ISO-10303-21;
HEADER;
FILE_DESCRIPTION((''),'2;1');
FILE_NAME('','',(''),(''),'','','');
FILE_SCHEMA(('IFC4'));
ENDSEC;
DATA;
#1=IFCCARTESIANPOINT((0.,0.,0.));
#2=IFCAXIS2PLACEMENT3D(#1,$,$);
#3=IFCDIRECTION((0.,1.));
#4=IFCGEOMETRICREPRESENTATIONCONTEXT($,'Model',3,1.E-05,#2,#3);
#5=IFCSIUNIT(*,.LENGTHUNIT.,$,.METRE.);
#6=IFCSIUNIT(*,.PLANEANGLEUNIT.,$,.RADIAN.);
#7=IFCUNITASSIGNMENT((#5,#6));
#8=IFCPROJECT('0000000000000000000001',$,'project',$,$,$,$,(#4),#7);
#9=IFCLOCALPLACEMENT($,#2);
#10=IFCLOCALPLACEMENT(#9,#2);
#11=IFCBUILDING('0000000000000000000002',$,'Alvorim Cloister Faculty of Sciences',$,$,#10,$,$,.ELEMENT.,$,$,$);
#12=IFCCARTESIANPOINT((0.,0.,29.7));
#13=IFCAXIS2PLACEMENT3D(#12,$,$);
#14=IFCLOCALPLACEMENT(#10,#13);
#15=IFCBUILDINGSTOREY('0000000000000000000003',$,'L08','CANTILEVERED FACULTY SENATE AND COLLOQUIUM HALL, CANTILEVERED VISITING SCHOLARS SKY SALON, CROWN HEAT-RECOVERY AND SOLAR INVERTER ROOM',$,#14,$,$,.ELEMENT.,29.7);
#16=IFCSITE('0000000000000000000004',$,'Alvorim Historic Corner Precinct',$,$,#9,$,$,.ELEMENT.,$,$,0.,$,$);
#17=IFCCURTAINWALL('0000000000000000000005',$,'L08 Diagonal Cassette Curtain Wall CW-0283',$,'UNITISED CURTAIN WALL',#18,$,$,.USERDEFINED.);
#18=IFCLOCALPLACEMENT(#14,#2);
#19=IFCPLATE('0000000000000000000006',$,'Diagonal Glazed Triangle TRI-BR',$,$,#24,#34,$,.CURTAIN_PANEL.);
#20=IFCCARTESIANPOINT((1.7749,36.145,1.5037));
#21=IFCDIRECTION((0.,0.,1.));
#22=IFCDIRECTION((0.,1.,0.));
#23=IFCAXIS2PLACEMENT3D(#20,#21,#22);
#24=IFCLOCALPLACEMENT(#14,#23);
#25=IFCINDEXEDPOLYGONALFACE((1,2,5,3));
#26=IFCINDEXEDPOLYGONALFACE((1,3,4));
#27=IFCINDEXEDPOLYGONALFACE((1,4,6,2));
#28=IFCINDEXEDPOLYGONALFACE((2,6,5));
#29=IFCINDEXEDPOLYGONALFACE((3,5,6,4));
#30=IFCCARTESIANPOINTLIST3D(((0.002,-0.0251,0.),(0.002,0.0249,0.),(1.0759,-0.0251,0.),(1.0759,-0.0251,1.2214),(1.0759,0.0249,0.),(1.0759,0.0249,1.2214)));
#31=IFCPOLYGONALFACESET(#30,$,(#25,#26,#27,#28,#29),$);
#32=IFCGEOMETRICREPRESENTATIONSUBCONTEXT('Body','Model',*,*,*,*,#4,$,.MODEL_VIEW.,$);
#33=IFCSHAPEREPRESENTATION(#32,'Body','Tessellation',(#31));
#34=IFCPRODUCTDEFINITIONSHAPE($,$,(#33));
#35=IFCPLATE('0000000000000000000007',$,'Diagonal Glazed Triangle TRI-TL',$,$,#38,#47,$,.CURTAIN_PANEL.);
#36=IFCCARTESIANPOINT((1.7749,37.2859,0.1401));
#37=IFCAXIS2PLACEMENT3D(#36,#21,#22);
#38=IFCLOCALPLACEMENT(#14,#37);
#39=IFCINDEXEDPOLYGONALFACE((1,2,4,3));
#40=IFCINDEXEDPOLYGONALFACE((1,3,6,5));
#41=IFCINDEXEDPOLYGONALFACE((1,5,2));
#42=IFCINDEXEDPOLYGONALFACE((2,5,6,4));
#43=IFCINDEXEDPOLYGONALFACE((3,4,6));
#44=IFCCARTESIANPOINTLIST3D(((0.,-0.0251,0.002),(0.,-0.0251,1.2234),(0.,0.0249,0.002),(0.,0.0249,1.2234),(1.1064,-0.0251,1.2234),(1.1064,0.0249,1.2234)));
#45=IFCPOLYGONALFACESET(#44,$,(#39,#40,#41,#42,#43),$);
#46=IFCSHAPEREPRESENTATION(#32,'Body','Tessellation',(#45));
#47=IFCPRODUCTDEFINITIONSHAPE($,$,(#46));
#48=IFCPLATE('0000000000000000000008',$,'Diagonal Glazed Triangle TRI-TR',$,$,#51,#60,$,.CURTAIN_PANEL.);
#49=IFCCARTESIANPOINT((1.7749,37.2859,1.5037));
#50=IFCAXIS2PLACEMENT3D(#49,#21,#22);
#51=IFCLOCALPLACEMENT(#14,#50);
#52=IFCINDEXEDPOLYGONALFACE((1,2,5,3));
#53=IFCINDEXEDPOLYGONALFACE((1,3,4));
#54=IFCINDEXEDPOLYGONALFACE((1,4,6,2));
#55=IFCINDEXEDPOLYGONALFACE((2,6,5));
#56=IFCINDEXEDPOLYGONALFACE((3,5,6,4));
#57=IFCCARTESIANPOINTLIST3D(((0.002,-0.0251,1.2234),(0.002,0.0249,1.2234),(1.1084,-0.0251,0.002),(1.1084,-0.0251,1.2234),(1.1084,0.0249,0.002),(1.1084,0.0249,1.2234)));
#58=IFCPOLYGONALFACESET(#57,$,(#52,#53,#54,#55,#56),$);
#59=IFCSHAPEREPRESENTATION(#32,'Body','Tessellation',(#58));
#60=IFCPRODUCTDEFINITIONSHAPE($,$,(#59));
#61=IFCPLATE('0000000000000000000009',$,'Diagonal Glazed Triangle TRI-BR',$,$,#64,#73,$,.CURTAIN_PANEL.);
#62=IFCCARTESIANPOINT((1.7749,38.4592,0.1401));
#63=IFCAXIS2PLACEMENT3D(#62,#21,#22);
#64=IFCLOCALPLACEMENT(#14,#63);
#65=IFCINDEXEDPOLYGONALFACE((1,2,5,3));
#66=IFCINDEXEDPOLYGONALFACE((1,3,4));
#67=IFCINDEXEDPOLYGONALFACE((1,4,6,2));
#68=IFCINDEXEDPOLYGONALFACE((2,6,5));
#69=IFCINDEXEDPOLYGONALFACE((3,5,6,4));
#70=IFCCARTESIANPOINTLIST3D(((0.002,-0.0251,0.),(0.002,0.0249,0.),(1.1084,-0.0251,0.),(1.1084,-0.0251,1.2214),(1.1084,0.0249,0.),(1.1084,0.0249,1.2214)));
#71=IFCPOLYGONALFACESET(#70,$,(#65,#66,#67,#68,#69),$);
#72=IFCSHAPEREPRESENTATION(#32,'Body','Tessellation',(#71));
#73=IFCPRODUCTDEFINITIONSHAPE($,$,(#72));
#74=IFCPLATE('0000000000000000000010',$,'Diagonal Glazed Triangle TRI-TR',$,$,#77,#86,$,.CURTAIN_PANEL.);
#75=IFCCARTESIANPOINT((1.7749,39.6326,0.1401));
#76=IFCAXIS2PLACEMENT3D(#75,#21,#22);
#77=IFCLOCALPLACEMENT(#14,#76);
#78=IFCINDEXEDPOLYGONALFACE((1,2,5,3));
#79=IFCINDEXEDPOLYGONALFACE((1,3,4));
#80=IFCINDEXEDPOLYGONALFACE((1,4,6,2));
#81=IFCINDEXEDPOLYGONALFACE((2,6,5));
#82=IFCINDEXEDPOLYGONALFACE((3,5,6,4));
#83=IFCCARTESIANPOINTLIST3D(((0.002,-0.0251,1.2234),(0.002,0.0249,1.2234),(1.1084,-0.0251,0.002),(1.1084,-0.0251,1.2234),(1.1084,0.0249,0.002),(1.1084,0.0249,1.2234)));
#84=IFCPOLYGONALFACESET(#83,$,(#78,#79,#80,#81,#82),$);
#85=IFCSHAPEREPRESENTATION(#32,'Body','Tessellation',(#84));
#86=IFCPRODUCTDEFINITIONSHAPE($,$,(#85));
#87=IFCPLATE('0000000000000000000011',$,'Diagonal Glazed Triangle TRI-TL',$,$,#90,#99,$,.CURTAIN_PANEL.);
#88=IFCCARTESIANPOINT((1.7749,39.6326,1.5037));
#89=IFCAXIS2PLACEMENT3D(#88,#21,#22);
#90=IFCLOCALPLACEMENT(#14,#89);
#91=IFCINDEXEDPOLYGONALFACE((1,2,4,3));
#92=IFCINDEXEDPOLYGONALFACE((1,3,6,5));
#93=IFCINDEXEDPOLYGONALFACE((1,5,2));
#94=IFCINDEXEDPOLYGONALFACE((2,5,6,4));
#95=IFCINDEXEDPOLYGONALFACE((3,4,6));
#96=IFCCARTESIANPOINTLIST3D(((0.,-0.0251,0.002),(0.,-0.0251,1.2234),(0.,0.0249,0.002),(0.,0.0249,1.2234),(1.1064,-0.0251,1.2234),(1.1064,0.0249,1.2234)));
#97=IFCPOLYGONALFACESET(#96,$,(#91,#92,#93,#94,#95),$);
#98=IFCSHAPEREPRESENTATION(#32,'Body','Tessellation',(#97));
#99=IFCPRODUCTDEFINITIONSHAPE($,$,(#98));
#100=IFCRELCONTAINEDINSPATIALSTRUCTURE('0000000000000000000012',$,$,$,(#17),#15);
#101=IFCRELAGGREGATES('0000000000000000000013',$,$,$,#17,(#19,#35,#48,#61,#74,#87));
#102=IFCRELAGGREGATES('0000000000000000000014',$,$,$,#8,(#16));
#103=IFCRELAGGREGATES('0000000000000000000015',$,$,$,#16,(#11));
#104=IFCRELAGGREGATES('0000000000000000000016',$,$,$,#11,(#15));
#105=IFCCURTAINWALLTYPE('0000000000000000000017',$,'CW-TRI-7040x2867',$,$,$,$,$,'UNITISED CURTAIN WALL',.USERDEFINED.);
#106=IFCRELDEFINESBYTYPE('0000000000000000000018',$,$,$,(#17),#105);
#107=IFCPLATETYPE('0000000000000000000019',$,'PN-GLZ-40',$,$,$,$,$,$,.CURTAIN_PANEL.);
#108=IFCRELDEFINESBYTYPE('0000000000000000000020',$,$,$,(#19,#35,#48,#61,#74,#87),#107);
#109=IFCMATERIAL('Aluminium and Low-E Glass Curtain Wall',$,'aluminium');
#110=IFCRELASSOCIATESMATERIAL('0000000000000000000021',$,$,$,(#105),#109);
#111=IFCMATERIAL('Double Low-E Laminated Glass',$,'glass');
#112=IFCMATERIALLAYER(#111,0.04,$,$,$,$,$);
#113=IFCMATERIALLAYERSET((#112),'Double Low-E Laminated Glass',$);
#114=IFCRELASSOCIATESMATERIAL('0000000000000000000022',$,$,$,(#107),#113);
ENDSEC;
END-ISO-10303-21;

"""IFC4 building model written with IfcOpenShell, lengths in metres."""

from ifc_helpers import new_model, si_unit, direction, frame, origin, place, context, subcontext, project, spatial, polyline, outline, extrude, material, layer, layer_set, type_object, element, aggregate, save


model = new_model("IFC4")

# Units and contexts
model_context = context("Model", 3, precision=1e-05, world=origin(), true_north=direction((0.0, 1.0)))
body_context = subcontext(model_context, "Body", "Model", "MODEL_VIEW")
ifc_project = project(units=[si_unit("LENGTHUNIT", "METRE"), si_unit("PLANEANGLEUNIT", "RADIAN")], contexts=[model_context])

# Site, building, storey
site_placement = place(None, origin())
site = spatial("IfcSite", under=ifc_project, at=site_placement, Name="Alvorim Historic Corner Precinct", CompositionType="ELEMENT", RefElevation=0.0)
building_placement = place(site_placement, origin())
building = spatial("IfcBuilding", under=site, at=building_placement, Name="Alvorim Cloister Faculty of Sciences", CompositionType="ELEMENT")
storey_placement = place(building_placement, frame((0.0, 0.0, 29.7)))
storey = spatial("IfcBuildingStorey", under=building, at=storey_placement, Name="L08", Description="CANTILEVERED FACULTY SENATE AND COLLOQUIUM HALL, CANTILEVERED VISITING SCHOLARS SKY SALON, CROWN HEAT-RECOVERY AND SOLAR INVERTER ROOM", CompositionType="ELEMENT", Elevation=29.7)

# Curtain wall, plates
ifc_material_1 = material(Name="Aluminium and Low-E Glass Curtain Wall", Category="aluminium")
curtain_wall_type = type_object("IfcCurtainWallType", Name="CW-TRI-7040x2867", ElementType="UNITISED CURTAIN WALL", PredefinedType="USERDEFINED", material=ifc_material_1)
curtain_wall_placement = place(storey_placement, origin())
curtain_wall = element("IfcCurtainWall", 1, at=curtain_wall_placement, inside=storey, type_object=curtain_wall_type, Name="L08 Diagonal Cassette Curtain Wall CW-0283", ObjectType="UNITISED CURTAIN WALL", PredefinedType="USERDEFINED")
ifc_material_2 = material(Name="Double Low-E Laminated Glass", Category="glass")
ifc_layer_1 = layer(ifc_material_2, 0.04)
ifc_layer_set_1 = layer_set([ifc_layer_1], Name="Double Low-E Laminated Glass")
plate_type = type_object("IfcPlateType", Name="PN-GLZ-40", PredefinedType="CURTAIN_PANEL", material=ifc_layer_set_1)
plate_1_placement = place(storey_placement, frame((1.7749, 36.145, 1.5037), z_axis=(0.0, 0.0, 1.0), x_axis=(0.0, 1.0, 0.0)))
plate_1 = element("IfcPlate", 2, at=plate_1_placement, type_object=plate_type, Name="Diagonal Glazed Triangle TRI-BR", PredefinedType="CURTAIN_PANEL", context=body_context, shape_type="SweptSolid", body=[
    extrude(outline(polyline([(0.002, 0.0), (1.0759, 0.0), (1.0759, 1.2214), (0.002, 0.0)])), frame((0.0, 0.0249, 0.0), z_axis=(0.0, -1.0, 0.0), x_axis=(1.0, 0.0, 0.0)), (0.0, 0.0, 1.0), 0.05),
])
plate_2_placement = place(storey_placement, frame((1.7749, 37.2859, 0.1401), z_axis=(0.0, 0.0, 1.0), x_axis=(0.0, 1.0, 0.0)))
plate_2 = element("IfcPlate", 3, at=plate_2_placement, type_object=plate_type, Name="Diagonal Glazed Triangle TRI-TL", PredefinedType="CURTAIN_PANEL", context=body_context, shape_type="SweptSolid", body=[
    extrude(outline(polyline([(1.1064, 1.2234), (0.0, 1.2234), (0.0, 0.002), (1.1064, 1.2234)])), frame((0.0, 0.0249, 0.0), z_axis=(0.0, -1.0, 0.0), x_axis=(1.0, 0.0, 0.0)), (0.0, 0.0, 1.0), 0.05),
])
plate_3_placement = place(storey_placement, frame((1.7749, 37.2859, 1.5037), z_axis=(0.0, 0.0, 1.0), x_axis=(0.0, 1.0, 0.0)))
plate_3 = element("IfcPlate", 4, at=plate_3_placement, type_object=plate_type, Name="Diagonal Glazed Triangle TRI-TR", PredefinedType="CURTAIN_PANEL", context=body_context, shape_type="SweptSolid", body=[
    extrude(outline(polyline([(1.1084, 0.002), (1.1084, 1.2234), (0.002, 1.2234), (1.1084, 0.002)])), frame((0.0, 0.0249, 0.0), z_axis=(0.0, -1.0, 0.0), x_axis=(1.0, 0.0, 0.0)), (0.0, 0.0, 1.0), 0.05),
])
plate_4_placement = place(storey_placement, frame((1.7749, 38.4592, 0.1401), z_axis=(0.0, 0.0, 1.0), x_axis=(0.0, 1.0, 0.0)))
plate_4 = element("IfcPlate", 5, at=plate_4_placement, type_object=plate_type, Name="Diagonal Glazed Triangle TRI-BR", PredefinedType="CURTAIN_PANEL", context=body_context, shape_type="SweptSolid", body=[
    extrude(outline(polyline([(0.002, 0.0), (1.1084, 0.0), (1.1084, 1.2214), (0.002, 0.0)])), frame((0.0, 0.0249, 0.0), z_axis=(0.0, -1.0, 0.0), x_axis=(1.0, 0.0, 0.0)), (0.0, 0.0, 1.0), 0.05),
])
plate_5_placement = place(storey_placement, frame((1.7749, 39.6326, 0.1401), z_axis=(0.0, 0.0, 1.0), x_axis=(0.0, 1.0, 0.0)))
plate_5 = element("IfcPlate", 6, at=plate_5_placement, type_object=plate_type, Name="Diagonal Glazed Triangle TRI-TR", PredefinedType="CURTAIN_PANEL", context=body_context, shape_type="SweptSolid", body=[
    extrude(outline(polyline([(1.1084, 0.002), (1.1084, 1.2234), (0.002, 1.2234), (1.1084, 0.002)])), frame((0.0, 0.0249, 0.0), z_axis=(0.0, -1.0, 0.0), x_axis=(1.0, 0.0, 0.0)), (0.0, 0.0, 1.0), 0.05),
])
plate_6_placement = place(storey_placement, frame((1.7749, 39.6326, 1.5037), z_axis=(0.0, 0.0, 1.0), x_axis=(0.0, 1.0, 0.0)))
plate_6 = element("IfcPlate", 7, at=plate_6_placement, type_object=plate_type, Name="Diagonal Glazed Triangle TRI-TL", PredefinedType="CURTAIN_PANEL", context=body_context, shape_type="SweptSolid", body=[
    extrude(outline(polyline([(1.1064, 1.2234), (0.0, 1.2234), (0.0, 0.002), (1.1064, 1.2234)])), frame((0.0, 0.0249, 0.0), z_axis=(0.0, -1.0, 0.0), x_axis=(1.0, 0.0, 0.0)), (0.0, 0.0, 1.0), 0.05),
])
aggregate(curtain_wall, [plate_1, plate_2, plate_3, plate_4, plate_5, plate_6])

save(model, "model.ifc")
